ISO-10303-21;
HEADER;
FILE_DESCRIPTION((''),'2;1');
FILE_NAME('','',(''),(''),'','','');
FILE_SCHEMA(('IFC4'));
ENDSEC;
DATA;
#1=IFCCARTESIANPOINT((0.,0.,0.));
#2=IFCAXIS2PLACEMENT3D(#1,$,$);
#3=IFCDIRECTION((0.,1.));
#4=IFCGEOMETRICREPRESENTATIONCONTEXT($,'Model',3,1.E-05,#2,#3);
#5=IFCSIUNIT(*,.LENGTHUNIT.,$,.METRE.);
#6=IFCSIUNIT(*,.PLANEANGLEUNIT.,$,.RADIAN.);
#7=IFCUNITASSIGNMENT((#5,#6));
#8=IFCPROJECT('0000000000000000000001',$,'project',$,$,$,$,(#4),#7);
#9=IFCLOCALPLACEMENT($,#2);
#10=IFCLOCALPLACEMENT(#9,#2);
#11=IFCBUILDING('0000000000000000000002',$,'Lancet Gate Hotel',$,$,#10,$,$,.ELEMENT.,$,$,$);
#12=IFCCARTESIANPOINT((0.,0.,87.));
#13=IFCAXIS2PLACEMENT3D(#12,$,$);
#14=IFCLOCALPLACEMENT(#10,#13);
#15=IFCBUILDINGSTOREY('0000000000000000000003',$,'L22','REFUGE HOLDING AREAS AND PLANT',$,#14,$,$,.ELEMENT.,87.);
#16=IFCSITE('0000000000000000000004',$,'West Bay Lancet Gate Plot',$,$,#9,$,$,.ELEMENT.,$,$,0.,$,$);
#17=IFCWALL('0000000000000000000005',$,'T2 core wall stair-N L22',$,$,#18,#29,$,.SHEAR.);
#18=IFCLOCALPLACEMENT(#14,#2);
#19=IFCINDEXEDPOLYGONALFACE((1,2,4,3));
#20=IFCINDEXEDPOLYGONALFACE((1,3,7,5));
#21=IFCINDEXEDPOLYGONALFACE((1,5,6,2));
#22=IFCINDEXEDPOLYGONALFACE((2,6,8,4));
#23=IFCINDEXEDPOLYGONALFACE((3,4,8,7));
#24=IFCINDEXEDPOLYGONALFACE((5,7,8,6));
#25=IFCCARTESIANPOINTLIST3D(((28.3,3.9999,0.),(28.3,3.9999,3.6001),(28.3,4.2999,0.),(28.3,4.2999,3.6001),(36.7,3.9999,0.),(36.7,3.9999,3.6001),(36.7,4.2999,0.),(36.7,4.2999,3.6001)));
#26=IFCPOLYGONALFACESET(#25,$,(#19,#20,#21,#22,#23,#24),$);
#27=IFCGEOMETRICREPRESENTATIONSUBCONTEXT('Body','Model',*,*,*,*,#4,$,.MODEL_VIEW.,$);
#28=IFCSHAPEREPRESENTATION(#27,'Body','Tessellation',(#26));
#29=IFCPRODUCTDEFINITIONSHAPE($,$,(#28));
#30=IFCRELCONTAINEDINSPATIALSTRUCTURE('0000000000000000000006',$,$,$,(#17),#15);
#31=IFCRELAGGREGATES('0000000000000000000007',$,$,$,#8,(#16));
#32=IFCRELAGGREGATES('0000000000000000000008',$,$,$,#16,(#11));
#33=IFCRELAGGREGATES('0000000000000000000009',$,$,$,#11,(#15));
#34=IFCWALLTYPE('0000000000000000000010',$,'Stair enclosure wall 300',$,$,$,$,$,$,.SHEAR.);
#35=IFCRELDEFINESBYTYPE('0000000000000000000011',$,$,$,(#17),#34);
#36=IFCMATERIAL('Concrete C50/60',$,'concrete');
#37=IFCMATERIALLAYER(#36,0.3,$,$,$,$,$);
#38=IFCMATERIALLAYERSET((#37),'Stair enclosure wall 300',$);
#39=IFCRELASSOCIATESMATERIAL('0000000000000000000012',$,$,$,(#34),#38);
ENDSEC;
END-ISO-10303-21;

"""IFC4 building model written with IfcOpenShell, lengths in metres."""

from ifc_helpers import new_model, si_unit, direction, frame, frame_2d, origin, place, context, subcontext, project, spatial, rectangle, extrude, material, layer, layer_set, type_object, element, save


model = new_model("IFC4")

# Units and contexts
model_context = context("Model", 3, precision=1e-05, world=origin(), true_north=direction((0.0, 1.0)))
body_context = subcontext(model_context, "Body", "Model", "MODEL_VIEW")
ifc_project = project(units=[si_unit("LENGTHUNIT", "METRE"), si_unit("PLANEANGLEUNIT", "RADIAN")], contexts=[model_context])

# Site, building, storey
site_placement = place(None, origin())
site = spatial("IfcSite", under=ifc_project, at=site_placement, Name="West Bay Lancet Gate Plot", CompositionType="ELEMENT", RefElevation=0.0)
building_placement = place(site_placement, origin())
building = spatial("IfcBuilding", under=site, at=building_placement, Name="Lancet Gate Hotel", CompositionType="ELEMENT")
storey_placement = place(building_placement, frame((0.0, 0.0, 87.0)))
storey = spatial("IfcBuildingStorey", under=building, at=storey_placement, Name="L22", Description="REFUGE HOLDING AREAS AND PLANT", CompositionType="ELEMENT", Elevation=87.0)

# Wall
ifc_material_1 = material(Name="Concrete C50/60", Category="concrete")
ifc_layer_1 = layer(ifc_material_1, 0.3)
ifc_layer_set_1 = layer_set([ifc_layer_1], Name="Stair enclosure wall 300")
wall_type_1 = type_object("IfcWallType", Name="Stair enclosure wall 300", PredefinedType="SHEAR", material=ifc_layer_set_1)
wall_1_placement = place(storey_placement, frame((28.3, 4.1499, 0.0), z_axis=(0.0, 0.0, 1.0), x_axis=(1.0, 0.0, 0.0)))
element("IfcWall", 1, at=wall_1_placement, inside=storey, type_object=wall_type_1, Name="T2 core wall stair-N L22", PredefinedType="SHEAR", context=body_context, shape_type="SweptSolid", body=[
    extrude(rectangle(XDim=8.3999, YDim=0.3, at=frame_2d((4.2, 0.0))), origin(), (0.0, 0.0, 1.0), 3.6001),
])

save(model, "model.ifc")
